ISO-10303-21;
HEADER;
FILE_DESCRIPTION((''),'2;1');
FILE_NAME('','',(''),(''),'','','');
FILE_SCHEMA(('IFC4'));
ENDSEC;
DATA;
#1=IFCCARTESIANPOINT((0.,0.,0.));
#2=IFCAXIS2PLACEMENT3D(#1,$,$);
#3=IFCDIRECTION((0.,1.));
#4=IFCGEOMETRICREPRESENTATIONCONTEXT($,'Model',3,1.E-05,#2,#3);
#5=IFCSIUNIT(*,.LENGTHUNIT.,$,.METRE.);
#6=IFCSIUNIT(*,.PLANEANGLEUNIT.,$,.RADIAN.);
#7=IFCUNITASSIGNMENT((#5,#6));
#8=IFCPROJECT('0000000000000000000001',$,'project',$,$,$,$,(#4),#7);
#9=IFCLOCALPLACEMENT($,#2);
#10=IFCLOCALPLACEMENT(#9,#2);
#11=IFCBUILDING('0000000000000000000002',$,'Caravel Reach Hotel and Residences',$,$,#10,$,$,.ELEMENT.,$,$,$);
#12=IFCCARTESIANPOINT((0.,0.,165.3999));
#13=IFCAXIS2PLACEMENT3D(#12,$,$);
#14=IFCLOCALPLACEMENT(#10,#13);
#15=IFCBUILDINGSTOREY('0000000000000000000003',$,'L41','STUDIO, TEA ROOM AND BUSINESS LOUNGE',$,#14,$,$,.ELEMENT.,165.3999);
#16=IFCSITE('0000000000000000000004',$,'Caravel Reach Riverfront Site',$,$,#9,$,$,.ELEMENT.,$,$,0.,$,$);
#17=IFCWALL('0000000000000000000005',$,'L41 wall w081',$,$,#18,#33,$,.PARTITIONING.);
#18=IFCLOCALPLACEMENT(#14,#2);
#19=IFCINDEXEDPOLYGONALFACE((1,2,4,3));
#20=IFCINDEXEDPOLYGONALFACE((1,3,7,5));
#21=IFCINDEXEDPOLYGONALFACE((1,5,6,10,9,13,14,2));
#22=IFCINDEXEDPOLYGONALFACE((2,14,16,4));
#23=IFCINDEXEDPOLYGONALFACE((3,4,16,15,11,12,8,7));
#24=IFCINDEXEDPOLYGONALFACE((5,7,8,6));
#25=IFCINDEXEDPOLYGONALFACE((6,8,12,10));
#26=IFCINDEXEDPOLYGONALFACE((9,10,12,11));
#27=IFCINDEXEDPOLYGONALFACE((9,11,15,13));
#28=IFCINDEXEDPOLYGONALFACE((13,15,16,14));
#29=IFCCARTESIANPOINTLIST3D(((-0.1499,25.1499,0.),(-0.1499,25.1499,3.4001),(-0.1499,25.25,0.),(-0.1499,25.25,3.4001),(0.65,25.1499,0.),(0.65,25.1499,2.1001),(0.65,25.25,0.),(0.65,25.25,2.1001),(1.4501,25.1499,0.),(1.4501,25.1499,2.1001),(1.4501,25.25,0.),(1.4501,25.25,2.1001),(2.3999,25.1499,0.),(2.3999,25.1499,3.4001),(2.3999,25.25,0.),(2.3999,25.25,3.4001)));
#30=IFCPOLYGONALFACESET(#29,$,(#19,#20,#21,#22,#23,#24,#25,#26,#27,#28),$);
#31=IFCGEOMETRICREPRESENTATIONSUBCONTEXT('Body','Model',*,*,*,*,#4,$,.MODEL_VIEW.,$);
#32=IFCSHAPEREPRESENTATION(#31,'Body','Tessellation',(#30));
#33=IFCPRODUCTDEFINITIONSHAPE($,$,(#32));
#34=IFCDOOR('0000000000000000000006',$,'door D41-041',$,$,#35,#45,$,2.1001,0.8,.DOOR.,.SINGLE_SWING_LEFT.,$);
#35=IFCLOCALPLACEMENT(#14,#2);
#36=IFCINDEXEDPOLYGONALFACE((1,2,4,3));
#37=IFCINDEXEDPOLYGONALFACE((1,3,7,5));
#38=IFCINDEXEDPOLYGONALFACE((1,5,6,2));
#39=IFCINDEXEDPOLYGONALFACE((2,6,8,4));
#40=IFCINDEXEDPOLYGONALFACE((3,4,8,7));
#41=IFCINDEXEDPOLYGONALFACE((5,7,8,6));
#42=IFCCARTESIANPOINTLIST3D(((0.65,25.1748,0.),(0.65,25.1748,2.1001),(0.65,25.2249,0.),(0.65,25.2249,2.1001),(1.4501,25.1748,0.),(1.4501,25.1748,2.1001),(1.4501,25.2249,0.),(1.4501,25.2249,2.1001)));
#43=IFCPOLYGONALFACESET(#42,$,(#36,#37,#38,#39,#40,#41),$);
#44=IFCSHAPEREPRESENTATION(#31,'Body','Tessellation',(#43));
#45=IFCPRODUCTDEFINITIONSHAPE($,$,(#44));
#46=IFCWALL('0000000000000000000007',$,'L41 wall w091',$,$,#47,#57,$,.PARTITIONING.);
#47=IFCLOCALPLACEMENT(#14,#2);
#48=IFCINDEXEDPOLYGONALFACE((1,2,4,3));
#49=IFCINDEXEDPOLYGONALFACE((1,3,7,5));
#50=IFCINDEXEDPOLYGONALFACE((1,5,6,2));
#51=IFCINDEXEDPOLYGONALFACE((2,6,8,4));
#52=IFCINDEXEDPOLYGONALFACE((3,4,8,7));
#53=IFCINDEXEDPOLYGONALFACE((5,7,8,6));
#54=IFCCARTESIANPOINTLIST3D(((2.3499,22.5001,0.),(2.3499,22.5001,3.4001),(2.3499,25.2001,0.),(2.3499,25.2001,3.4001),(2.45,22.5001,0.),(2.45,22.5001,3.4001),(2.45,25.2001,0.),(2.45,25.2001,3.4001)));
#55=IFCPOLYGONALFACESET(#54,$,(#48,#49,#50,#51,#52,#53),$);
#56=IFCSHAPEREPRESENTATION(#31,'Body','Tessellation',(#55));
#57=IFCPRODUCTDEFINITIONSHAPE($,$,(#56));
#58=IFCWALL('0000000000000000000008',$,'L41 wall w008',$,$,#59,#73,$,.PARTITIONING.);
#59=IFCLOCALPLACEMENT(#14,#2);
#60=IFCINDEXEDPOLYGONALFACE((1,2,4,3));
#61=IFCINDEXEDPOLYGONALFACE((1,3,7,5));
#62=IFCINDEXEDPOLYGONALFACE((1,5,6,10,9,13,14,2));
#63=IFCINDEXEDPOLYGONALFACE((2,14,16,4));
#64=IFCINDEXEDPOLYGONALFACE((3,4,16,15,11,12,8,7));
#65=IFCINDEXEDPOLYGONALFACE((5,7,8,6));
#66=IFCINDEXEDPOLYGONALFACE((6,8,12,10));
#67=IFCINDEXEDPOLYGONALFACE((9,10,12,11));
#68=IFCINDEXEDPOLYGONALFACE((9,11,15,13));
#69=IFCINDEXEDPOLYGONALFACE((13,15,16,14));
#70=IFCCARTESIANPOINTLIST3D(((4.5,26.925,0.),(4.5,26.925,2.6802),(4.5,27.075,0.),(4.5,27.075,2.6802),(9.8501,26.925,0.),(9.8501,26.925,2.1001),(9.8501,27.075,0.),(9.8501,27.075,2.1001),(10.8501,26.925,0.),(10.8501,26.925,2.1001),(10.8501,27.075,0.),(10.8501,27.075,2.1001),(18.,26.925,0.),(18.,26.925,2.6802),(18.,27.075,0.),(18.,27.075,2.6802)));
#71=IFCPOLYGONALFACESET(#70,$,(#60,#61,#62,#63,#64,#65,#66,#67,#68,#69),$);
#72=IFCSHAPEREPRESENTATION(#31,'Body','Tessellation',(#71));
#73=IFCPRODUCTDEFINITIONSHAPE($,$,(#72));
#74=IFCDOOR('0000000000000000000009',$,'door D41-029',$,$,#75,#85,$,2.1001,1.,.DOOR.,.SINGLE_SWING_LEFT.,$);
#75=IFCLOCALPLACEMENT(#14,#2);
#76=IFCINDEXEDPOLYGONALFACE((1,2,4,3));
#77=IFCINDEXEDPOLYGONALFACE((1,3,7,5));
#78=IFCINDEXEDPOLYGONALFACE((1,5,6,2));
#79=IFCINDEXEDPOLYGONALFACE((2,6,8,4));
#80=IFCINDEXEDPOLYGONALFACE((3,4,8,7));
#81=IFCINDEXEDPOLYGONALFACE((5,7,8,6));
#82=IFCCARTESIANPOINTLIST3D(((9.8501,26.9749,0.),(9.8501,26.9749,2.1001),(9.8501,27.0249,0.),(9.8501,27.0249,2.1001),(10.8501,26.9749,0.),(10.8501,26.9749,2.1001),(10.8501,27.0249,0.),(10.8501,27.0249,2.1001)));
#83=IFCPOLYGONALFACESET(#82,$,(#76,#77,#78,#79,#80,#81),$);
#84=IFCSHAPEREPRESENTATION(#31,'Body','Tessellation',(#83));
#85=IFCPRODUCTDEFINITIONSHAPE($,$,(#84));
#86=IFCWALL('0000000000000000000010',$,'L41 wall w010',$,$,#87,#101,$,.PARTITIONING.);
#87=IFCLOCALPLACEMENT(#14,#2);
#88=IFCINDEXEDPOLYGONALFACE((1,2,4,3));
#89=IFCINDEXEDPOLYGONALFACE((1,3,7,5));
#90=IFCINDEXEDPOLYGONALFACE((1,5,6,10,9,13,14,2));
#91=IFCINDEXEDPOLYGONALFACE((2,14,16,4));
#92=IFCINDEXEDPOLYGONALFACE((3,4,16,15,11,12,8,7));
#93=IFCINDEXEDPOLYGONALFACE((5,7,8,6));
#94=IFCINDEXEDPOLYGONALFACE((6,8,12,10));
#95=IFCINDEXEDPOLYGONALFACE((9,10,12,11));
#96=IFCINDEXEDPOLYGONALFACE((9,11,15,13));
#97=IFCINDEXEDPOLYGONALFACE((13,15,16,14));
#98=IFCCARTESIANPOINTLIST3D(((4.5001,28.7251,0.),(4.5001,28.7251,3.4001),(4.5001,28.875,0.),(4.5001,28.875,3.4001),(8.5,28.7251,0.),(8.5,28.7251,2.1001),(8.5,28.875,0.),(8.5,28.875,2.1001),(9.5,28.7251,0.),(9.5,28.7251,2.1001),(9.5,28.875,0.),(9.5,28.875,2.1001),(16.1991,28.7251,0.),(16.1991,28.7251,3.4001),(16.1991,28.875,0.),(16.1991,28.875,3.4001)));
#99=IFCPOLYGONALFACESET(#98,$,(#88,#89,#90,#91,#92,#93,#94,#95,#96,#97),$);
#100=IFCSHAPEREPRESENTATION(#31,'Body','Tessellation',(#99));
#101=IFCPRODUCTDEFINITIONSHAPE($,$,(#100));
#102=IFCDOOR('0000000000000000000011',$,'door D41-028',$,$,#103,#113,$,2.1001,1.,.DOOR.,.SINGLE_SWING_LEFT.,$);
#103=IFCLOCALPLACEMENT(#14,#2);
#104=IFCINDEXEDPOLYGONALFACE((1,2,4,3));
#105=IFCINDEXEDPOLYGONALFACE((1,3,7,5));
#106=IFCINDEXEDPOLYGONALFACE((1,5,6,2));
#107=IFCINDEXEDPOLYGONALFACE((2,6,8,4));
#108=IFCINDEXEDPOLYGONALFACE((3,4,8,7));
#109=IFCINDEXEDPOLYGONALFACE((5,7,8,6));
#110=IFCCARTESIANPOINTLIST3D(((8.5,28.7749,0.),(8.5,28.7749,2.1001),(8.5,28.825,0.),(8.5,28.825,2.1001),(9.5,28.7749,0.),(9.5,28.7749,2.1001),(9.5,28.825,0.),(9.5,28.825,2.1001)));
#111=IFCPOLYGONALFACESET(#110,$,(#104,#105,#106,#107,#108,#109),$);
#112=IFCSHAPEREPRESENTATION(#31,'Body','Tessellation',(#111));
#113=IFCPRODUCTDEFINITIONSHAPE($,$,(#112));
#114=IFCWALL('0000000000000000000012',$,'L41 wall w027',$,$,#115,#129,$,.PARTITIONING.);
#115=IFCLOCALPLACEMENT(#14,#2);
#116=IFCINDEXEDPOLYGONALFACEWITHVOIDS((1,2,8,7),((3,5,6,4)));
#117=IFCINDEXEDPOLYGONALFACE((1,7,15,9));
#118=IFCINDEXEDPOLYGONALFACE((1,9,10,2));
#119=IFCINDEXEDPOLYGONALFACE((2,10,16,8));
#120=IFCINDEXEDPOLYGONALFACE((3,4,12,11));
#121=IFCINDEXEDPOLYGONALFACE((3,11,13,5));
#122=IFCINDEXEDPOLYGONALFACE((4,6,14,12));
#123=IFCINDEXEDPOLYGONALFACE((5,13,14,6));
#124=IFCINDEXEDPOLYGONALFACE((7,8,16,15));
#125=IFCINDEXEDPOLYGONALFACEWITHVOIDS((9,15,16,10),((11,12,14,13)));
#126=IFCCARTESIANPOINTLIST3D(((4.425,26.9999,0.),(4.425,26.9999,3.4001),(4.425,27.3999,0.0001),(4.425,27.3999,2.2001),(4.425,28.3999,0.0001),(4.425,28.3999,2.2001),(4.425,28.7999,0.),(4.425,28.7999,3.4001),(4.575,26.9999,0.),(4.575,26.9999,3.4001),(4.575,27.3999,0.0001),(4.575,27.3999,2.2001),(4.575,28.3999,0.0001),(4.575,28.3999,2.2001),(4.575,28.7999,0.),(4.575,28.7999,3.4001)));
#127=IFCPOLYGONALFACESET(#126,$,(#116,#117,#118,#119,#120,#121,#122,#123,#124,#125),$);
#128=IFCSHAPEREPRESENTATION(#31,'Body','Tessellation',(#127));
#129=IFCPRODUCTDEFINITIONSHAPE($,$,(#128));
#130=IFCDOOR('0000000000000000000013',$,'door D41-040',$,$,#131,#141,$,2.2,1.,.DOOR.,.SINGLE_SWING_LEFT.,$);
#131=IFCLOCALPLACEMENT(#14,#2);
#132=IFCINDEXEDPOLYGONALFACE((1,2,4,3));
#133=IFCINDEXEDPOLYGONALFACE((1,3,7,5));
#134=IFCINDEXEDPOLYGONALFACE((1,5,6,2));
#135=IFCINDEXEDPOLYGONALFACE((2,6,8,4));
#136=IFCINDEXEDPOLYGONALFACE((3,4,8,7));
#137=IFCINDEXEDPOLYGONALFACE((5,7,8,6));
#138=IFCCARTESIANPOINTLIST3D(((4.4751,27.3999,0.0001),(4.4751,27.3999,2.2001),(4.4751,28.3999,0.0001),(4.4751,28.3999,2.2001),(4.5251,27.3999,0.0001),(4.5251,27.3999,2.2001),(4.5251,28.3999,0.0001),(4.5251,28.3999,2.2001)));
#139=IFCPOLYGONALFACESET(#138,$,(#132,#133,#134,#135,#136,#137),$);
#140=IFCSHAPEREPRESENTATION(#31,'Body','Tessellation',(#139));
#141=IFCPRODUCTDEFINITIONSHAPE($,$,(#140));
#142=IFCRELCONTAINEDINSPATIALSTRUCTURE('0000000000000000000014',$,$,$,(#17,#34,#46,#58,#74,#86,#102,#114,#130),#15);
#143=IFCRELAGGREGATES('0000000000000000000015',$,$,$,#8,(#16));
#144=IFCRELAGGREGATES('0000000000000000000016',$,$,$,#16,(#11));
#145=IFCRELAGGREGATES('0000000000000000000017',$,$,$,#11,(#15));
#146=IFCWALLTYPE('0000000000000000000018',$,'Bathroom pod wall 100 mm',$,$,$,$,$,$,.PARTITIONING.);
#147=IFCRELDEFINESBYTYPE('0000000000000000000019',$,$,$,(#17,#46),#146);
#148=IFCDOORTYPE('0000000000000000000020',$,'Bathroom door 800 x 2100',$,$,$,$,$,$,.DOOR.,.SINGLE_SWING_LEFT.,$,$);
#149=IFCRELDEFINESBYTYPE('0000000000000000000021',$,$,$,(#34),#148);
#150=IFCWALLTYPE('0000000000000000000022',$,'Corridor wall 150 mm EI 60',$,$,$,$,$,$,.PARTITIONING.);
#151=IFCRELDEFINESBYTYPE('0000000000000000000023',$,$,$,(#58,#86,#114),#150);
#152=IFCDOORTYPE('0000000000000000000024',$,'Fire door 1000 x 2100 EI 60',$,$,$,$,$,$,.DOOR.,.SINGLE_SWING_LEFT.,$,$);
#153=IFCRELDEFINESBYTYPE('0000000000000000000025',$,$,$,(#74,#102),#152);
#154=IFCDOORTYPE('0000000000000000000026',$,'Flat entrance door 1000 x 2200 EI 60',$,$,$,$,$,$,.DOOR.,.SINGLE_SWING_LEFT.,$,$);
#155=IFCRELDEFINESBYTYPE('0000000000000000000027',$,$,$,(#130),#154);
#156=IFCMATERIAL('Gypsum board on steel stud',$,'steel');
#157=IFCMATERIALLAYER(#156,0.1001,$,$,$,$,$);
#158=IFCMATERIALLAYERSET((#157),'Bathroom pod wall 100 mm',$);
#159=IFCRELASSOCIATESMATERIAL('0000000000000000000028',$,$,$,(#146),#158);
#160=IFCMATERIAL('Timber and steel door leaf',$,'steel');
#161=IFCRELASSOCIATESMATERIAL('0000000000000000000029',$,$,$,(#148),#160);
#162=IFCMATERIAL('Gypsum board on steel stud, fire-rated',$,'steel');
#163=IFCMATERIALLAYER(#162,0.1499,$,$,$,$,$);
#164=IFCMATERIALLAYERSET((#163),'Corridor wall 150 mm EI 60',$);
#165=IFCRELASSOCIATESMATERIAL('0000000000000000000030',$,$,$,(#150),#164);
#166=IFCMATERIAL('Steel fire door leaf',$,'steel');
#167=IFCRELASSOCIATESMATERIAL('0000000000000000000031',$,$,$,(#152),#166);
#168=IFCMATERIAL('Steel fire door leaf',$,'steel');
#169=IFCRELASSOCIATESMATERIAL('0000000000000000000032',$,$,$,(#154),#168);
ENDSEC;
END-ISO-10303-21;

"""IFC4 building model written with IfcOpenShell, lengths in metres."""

from ifc_helpers import new_model, si_unit, direction, frame, frame_2d, origin, place, context, subcontext, project, spatial, rectangle, extrude, material, layer, layer_set, type_object, element, fill, save


model = new_model("IFC4")

# Units and contexts
model_context = context("Model", 3, precision=1e-05, world=origin(), true_north=direction((0.0, 1.0)))
body_context = subcontext(model_context, "Body", "Model", "MODEL_VIEW")
ifc_project = project(units=[si_unit("LENGTHUNIT", "METRE"), si_unit("PLANEANGLEUNIT", "RADIAN")], contexts=[model_context])

# Site, building, storey
site_placement = place(None, origin())
site = spatial("IfcSite", under=ifc_project, at=site_placement, Name="Caravel Reach Riverfront Site", CompositionType="ELEMENT", RefElevation=0.0)
building_placement = place(site_placement, origin())
building = spatial("IfcBuilding", under=site, at=building_placement, Name="Caravel Reach Hotel and Residences", CompositionType="ELEMENT")
storey_placement = place(building_placement, frame((0.0, 0.0, 165.3999)))
storey = spatial("IfcBuildingStorey", under=building, at=storey_placement, Name="L41", Description="STUDIO, TEA ROOM AND BUSINESS LOUNGE", CompositionType="ELEMENT", Elevation=165.3999)

# Wall, opening, door
ifc_material_1 = material(Name="Gypsum board on steel stud", Category="steel")
ifc_layer_1 = layer(ifc_material_1, 0.1001)
ifc_layer_set_1 = layer_set([ifc_layer_1], Name="Bathroom pod wall 100 mm")
wall_type_1 = type_object("IfcWallType", Name="Bathroom pod wall 100 mm", PredefinedType="PARTITIONING", material=ifc_layer_set_1)
wall_1_placement = place(storey_placement, frame((-0.1499, 25.2, 0.0), z_axis=(0.0, 0.0, 1.0), x_axis=(1.0, 0.0, 0.0)))
wall_1 = element("IfcWall", 1, at=wall_1_placement, inside=storey, type_object=wall_type_1, Name="L41 wall w081", PredefinedType="PARTITIONING", context=body_context, shape_type="SweptSolid", body=[
    extrude(rectangle(XDim=2.5498, YDim=0.1001, at=frame_2d((1.2749, 0.0))), origin(), (0.0, 0.0, 1.0), 3.4001),
])
opening_1_placement = place(wall_1_placement, frame((0.8, 0.0, 0.0)))
opening_1 = element("IfcOpeningElement", 2, at=opening_1_placement, cuts=wall_1, PredefinedType="OPENING", context=body_context, shape_type="SweptSolid", body=[
    extrude(rectangle(XDim=0.8, YDim=2.1001, at=frame_2d((0.3999, 1.05))), frame((0.0, 0.0601, 0.0), z_axis=(0.0, -1.0, 0.0), x_axis=(1.0, 0.0, 0.0)), (0.0, 0.0, 1.0), 0.1201),
])
ifc_material_2 = material(Name="Timber and steel door leaf", Category="steel")
door_type_1 = type_object("IfcDoorType", Name="Bathroom door 800 x 2100", OperationType="SINGLE_SWING_LEFT", PredefinedType="DOOR", material=ifc_material_2)
door_1_placement = place(opening_1_placement, origin())
door_1 = element("IfcDoor", 3, at=door_1_placement, inside=storey, type_object=door_type_1, Name="door D41-041", OperationType="SINGLE_SWING_LEFT", OverallHeight=2.1001, OverallWidth=0.8, PredefinedType="DOOR", context=body_context, shape_type="SweptSolid", body=[
    extrude(rectangle(XDim=0.8, YDim=2.1001, at=frame_2d((0.3999, 1.05))), frame((0.0, 0.0249, 0.0), z_axis=(0.0, -1.0, 0.0), x_axis=(1.0, 0.0, 0.0)), (0.0, 0.0, 1.0), 0.05),
])
fill(opening_1, door_1)

# Wall
wall_2_placement = place(storey_placement, frame((2.3999, 22.5, 0.0), z_axis=(0.0, 0.0, 1.0), x_axis=(0.0, 1.0, 0.0)))
element("IfcWall", 4, at=wall_2_placement, inside=storey, type_object=wall_type_1, Name="L41 wall w091", PredefinedType="PARTITIONING", context=body_context, shape_type="SweptSolid", body=[
    extrude(rectangle(XDim=2.7, YDim=0.1001, at=frame_2d((1.3501, 0.0))), origin(), (0.0, 0.0, 1.0), 3.4001),
])

# Walls, openings, doors
ifc_material_3 = material(Name="Gypsum board on steel stud, fire-rated", Category="steel")
ifc_layer_2 = layer(ifc_material_3, 0.1499)
ifc_layer_set_2 = layer_set([ifc_layer_2], Name="Corridor wall 150 mm EI 60")
wall_type_2 = type_object("IfcWallType", Name="Corridor wall 150 mm EI 60", PredefinedType="PARTITIONING", material=ifc_layer_set_2)
wall_3_placement = place(storey_placement, frame((4.5, 27.0, 0.0), z_axis=(0.0, 0.0, 1.0), x_axis=(1.0, 0.0, 0.0)))
wall_3 = element("IfcWall", 5, at=wall_3_placement, inside=storey, type_object=wall_type_2, Name="L41 wall w008", PredefinedType="PARTITIONING", context=body_context, shape_type="SweptSolid", body=[
    extrude(rectangle(XDim=13.5, YDim=0.1499, at=frame_2d((6.75, 0.0))), origin(), (0.0, 0.0, 1.0), 2.6802),
])
opening_2_placement = place(wall_3_placement, frame((5.3501, 0.0, 0.0)))
opening_2 = element("IfcOpeningElement", 6, at=opening_2_placement, cuts=wall_3, PredefinedType="OPENING", context=body_context, shape_type="SweptSolid", body=[
    extrude(rectangle(XDim=1.0, YDim=2.1001, at=frame_2d((0.5, 1.05))), frame((0.0, 0.085, 0.0), z_axis=(0.0, -1.0, 0.0), x_axis=(1.0, 0.0, 0.0)), (0.0, 0.0, 1.0), 0.1699),
])
ifc_material_4 = material(Name="Steel fire door leaf", Category="steel")
door_type_2 = type_object("IfcDoorType", Name="Fire door 1000 x 2100 EI 60", OperationType="SINGLE_SWING_LEFT", PredefinedType="DOOR", material=ifc_material_4)
door_2_placement = place(opening_2_placement, origin())
door_2 = element("IfcDoor", 7, at=door_2_placement, inside=storey, type_object=door_type_2, Name="door D41-029", OperationType="SINGLE_SWING_LEFT", OverallHeight=2.1001, OverallWidth=1.0, PredefinedType="DOOR", context=body_context, shape_type="SweptSolid", body=[
    extrude(rectangle(XDim=1.0, YDim=2.1001, at=frame_2d((0.5, 1.05))), frame((0.0, 0.0249, 0.0), z_axis=(0.0, -1.0, 0.0), x_axis=(1.0, 0.0, 0.0)), (0.0, 0.0, 1.0), 0.05),
])
fill(opening_2, door_2)
wall_4_placement = place(storey_placement, frame((4.5, 28.8, 0.0), z_axis=(0.0, 0.0, 1.0), x_axis=(1.0, 0.0, 0.0)))
wall_4 = element("IfcWall", 8, at=wall_4_placement, inside=storey, type_object=wall_type_2, Name="L41 wall w010", PredefinedType="PARTITIONING", context=body_context, shape_type="SweptSolid", body=[
    extrude(rectangle(XDim=11.699, YDim=0.1499, at=frame_2d((5.8496, 0.0))), origin(), (0.0, 0.0, 1.0), 3.4001),
])
opening_3_placement = place(wall_4_placement, frame((4.0, 0.0, 0.0)))
opening_3 = element("IfcOpeningElement", 9, at=opening_3_placement, cuts=wall_4, PredefinedType="OPENING", context=body_context, shape_type="SweptSolid", body=[
    extrude(rectangle(XDim=1.0, YDim=2.1001, at=frame_2d((0.5, 1.05))), frame((0.0, 0.085, 0.0), z_axis=(0.0, -1.0, 0.0), x_axis=(1.0, 0.0, 0.0)), (0.0, 0.0, 1.0), 0.1699),
])
door_3_placement = place(opening_3_placement, origin())
door_3 = element("IfcDoor", 10, at=door_3_placement, inside=storey, type_object=door_type_2, Name="door D41-028", OperationType="SINGLE_SWING_LEFT", OverallHeight=2.1001, OverallWidth=1.0, PredefinedType="DOOR", context=body_context, shape_type="SweptSolid", body=[
    extrude(rectangle(XDim=1.0, YDim=2.1001, at=frame_2d((0.5, 1.05))), frame((0.0, 0.0249, 0.0), z_axis=(0.0, -1.0, 0.0), x_axis=(1.0, 0.0, 0.0)), (0.0, 0.0, 1.0), 0.05),
])
fill(opening_3, door_3)
wall_5_placement = place(storey_placement, frame((4.5, 27.0, 0.0), z_axis=(0.0, 0.0, 1.0), x_axis=(0.0, 1.0, 0.0)))
wall_5 = element("IfcWall", 11, at=wall_5_placement, inside=storey, type_object=wall_type_2, Name="L41 wall w027", PredefinedType="PARTITIONING", context=body_context, shape_type="SweptSolid", body=[
    extrude(rectangle(XDim=1.8, YDim=0.1499, at=frame_2d((0.8999, 0.0))), origin(), (0.0, 0.0, 1.0), 3.4001),
])
opening_4_placement = place(wall_5_placement, frame((0.3999, 0.0, 0.0)))
opening_4 = element("IfcOpeningElement", 12, at=opening_4_placement, cuts=wall_5, PredefinedType="OPENING", context=body_context, shape_type="SweptSolid", body=[
    extrude(rectangle(XDim=1.0, YDim=2.2, at=frame_2d((0.5, 1.1001))), frame((0.0, 0.085, 0.0), z_axis=(0.0, -1.0, 0.0), x_axis=(1.0, 0.0, 0.0)), (0.0, 0.0, 1.0), 0.1699),
])
ifc_material_5 = material(Name="Steel fire door leaf", Category="steel")
door_type_3 = type_object("IfcDoorType", Name="Flat entrance door 1000 x 2200 EI 60", OperationType="SINGLE_SWING_LEFT", PredefinedType="DOOR", material=ifc_material_5)
door_4_placement = place(opening_4_placement, origin())
door_4 = element("IfcDoor", 13, at=door_4_placement, inside=storey, type_object=door_type_3, Name="door D41-040", OperationType="SINGLE_SWING_LEFT", OverallHeight=2.2, OverallWidth=1.0, PredefinedType="DOOR", context=body_context, shape_type="SweptSolid", body=[
    extrude(rectangle(XDim=1.0, YDim=2.2, at=frame_2d((0.5, 1.1001))), frame((0.0, 0.0249, 0.0), z_axis=(0.0, -1.0, 0.0), x_axis=(1.0, 0.0, 0.0)), (0.0, 0.0, 1.0), 0.05),
])
fill(opening_4, door_4)

save(model, "model.ifc")
